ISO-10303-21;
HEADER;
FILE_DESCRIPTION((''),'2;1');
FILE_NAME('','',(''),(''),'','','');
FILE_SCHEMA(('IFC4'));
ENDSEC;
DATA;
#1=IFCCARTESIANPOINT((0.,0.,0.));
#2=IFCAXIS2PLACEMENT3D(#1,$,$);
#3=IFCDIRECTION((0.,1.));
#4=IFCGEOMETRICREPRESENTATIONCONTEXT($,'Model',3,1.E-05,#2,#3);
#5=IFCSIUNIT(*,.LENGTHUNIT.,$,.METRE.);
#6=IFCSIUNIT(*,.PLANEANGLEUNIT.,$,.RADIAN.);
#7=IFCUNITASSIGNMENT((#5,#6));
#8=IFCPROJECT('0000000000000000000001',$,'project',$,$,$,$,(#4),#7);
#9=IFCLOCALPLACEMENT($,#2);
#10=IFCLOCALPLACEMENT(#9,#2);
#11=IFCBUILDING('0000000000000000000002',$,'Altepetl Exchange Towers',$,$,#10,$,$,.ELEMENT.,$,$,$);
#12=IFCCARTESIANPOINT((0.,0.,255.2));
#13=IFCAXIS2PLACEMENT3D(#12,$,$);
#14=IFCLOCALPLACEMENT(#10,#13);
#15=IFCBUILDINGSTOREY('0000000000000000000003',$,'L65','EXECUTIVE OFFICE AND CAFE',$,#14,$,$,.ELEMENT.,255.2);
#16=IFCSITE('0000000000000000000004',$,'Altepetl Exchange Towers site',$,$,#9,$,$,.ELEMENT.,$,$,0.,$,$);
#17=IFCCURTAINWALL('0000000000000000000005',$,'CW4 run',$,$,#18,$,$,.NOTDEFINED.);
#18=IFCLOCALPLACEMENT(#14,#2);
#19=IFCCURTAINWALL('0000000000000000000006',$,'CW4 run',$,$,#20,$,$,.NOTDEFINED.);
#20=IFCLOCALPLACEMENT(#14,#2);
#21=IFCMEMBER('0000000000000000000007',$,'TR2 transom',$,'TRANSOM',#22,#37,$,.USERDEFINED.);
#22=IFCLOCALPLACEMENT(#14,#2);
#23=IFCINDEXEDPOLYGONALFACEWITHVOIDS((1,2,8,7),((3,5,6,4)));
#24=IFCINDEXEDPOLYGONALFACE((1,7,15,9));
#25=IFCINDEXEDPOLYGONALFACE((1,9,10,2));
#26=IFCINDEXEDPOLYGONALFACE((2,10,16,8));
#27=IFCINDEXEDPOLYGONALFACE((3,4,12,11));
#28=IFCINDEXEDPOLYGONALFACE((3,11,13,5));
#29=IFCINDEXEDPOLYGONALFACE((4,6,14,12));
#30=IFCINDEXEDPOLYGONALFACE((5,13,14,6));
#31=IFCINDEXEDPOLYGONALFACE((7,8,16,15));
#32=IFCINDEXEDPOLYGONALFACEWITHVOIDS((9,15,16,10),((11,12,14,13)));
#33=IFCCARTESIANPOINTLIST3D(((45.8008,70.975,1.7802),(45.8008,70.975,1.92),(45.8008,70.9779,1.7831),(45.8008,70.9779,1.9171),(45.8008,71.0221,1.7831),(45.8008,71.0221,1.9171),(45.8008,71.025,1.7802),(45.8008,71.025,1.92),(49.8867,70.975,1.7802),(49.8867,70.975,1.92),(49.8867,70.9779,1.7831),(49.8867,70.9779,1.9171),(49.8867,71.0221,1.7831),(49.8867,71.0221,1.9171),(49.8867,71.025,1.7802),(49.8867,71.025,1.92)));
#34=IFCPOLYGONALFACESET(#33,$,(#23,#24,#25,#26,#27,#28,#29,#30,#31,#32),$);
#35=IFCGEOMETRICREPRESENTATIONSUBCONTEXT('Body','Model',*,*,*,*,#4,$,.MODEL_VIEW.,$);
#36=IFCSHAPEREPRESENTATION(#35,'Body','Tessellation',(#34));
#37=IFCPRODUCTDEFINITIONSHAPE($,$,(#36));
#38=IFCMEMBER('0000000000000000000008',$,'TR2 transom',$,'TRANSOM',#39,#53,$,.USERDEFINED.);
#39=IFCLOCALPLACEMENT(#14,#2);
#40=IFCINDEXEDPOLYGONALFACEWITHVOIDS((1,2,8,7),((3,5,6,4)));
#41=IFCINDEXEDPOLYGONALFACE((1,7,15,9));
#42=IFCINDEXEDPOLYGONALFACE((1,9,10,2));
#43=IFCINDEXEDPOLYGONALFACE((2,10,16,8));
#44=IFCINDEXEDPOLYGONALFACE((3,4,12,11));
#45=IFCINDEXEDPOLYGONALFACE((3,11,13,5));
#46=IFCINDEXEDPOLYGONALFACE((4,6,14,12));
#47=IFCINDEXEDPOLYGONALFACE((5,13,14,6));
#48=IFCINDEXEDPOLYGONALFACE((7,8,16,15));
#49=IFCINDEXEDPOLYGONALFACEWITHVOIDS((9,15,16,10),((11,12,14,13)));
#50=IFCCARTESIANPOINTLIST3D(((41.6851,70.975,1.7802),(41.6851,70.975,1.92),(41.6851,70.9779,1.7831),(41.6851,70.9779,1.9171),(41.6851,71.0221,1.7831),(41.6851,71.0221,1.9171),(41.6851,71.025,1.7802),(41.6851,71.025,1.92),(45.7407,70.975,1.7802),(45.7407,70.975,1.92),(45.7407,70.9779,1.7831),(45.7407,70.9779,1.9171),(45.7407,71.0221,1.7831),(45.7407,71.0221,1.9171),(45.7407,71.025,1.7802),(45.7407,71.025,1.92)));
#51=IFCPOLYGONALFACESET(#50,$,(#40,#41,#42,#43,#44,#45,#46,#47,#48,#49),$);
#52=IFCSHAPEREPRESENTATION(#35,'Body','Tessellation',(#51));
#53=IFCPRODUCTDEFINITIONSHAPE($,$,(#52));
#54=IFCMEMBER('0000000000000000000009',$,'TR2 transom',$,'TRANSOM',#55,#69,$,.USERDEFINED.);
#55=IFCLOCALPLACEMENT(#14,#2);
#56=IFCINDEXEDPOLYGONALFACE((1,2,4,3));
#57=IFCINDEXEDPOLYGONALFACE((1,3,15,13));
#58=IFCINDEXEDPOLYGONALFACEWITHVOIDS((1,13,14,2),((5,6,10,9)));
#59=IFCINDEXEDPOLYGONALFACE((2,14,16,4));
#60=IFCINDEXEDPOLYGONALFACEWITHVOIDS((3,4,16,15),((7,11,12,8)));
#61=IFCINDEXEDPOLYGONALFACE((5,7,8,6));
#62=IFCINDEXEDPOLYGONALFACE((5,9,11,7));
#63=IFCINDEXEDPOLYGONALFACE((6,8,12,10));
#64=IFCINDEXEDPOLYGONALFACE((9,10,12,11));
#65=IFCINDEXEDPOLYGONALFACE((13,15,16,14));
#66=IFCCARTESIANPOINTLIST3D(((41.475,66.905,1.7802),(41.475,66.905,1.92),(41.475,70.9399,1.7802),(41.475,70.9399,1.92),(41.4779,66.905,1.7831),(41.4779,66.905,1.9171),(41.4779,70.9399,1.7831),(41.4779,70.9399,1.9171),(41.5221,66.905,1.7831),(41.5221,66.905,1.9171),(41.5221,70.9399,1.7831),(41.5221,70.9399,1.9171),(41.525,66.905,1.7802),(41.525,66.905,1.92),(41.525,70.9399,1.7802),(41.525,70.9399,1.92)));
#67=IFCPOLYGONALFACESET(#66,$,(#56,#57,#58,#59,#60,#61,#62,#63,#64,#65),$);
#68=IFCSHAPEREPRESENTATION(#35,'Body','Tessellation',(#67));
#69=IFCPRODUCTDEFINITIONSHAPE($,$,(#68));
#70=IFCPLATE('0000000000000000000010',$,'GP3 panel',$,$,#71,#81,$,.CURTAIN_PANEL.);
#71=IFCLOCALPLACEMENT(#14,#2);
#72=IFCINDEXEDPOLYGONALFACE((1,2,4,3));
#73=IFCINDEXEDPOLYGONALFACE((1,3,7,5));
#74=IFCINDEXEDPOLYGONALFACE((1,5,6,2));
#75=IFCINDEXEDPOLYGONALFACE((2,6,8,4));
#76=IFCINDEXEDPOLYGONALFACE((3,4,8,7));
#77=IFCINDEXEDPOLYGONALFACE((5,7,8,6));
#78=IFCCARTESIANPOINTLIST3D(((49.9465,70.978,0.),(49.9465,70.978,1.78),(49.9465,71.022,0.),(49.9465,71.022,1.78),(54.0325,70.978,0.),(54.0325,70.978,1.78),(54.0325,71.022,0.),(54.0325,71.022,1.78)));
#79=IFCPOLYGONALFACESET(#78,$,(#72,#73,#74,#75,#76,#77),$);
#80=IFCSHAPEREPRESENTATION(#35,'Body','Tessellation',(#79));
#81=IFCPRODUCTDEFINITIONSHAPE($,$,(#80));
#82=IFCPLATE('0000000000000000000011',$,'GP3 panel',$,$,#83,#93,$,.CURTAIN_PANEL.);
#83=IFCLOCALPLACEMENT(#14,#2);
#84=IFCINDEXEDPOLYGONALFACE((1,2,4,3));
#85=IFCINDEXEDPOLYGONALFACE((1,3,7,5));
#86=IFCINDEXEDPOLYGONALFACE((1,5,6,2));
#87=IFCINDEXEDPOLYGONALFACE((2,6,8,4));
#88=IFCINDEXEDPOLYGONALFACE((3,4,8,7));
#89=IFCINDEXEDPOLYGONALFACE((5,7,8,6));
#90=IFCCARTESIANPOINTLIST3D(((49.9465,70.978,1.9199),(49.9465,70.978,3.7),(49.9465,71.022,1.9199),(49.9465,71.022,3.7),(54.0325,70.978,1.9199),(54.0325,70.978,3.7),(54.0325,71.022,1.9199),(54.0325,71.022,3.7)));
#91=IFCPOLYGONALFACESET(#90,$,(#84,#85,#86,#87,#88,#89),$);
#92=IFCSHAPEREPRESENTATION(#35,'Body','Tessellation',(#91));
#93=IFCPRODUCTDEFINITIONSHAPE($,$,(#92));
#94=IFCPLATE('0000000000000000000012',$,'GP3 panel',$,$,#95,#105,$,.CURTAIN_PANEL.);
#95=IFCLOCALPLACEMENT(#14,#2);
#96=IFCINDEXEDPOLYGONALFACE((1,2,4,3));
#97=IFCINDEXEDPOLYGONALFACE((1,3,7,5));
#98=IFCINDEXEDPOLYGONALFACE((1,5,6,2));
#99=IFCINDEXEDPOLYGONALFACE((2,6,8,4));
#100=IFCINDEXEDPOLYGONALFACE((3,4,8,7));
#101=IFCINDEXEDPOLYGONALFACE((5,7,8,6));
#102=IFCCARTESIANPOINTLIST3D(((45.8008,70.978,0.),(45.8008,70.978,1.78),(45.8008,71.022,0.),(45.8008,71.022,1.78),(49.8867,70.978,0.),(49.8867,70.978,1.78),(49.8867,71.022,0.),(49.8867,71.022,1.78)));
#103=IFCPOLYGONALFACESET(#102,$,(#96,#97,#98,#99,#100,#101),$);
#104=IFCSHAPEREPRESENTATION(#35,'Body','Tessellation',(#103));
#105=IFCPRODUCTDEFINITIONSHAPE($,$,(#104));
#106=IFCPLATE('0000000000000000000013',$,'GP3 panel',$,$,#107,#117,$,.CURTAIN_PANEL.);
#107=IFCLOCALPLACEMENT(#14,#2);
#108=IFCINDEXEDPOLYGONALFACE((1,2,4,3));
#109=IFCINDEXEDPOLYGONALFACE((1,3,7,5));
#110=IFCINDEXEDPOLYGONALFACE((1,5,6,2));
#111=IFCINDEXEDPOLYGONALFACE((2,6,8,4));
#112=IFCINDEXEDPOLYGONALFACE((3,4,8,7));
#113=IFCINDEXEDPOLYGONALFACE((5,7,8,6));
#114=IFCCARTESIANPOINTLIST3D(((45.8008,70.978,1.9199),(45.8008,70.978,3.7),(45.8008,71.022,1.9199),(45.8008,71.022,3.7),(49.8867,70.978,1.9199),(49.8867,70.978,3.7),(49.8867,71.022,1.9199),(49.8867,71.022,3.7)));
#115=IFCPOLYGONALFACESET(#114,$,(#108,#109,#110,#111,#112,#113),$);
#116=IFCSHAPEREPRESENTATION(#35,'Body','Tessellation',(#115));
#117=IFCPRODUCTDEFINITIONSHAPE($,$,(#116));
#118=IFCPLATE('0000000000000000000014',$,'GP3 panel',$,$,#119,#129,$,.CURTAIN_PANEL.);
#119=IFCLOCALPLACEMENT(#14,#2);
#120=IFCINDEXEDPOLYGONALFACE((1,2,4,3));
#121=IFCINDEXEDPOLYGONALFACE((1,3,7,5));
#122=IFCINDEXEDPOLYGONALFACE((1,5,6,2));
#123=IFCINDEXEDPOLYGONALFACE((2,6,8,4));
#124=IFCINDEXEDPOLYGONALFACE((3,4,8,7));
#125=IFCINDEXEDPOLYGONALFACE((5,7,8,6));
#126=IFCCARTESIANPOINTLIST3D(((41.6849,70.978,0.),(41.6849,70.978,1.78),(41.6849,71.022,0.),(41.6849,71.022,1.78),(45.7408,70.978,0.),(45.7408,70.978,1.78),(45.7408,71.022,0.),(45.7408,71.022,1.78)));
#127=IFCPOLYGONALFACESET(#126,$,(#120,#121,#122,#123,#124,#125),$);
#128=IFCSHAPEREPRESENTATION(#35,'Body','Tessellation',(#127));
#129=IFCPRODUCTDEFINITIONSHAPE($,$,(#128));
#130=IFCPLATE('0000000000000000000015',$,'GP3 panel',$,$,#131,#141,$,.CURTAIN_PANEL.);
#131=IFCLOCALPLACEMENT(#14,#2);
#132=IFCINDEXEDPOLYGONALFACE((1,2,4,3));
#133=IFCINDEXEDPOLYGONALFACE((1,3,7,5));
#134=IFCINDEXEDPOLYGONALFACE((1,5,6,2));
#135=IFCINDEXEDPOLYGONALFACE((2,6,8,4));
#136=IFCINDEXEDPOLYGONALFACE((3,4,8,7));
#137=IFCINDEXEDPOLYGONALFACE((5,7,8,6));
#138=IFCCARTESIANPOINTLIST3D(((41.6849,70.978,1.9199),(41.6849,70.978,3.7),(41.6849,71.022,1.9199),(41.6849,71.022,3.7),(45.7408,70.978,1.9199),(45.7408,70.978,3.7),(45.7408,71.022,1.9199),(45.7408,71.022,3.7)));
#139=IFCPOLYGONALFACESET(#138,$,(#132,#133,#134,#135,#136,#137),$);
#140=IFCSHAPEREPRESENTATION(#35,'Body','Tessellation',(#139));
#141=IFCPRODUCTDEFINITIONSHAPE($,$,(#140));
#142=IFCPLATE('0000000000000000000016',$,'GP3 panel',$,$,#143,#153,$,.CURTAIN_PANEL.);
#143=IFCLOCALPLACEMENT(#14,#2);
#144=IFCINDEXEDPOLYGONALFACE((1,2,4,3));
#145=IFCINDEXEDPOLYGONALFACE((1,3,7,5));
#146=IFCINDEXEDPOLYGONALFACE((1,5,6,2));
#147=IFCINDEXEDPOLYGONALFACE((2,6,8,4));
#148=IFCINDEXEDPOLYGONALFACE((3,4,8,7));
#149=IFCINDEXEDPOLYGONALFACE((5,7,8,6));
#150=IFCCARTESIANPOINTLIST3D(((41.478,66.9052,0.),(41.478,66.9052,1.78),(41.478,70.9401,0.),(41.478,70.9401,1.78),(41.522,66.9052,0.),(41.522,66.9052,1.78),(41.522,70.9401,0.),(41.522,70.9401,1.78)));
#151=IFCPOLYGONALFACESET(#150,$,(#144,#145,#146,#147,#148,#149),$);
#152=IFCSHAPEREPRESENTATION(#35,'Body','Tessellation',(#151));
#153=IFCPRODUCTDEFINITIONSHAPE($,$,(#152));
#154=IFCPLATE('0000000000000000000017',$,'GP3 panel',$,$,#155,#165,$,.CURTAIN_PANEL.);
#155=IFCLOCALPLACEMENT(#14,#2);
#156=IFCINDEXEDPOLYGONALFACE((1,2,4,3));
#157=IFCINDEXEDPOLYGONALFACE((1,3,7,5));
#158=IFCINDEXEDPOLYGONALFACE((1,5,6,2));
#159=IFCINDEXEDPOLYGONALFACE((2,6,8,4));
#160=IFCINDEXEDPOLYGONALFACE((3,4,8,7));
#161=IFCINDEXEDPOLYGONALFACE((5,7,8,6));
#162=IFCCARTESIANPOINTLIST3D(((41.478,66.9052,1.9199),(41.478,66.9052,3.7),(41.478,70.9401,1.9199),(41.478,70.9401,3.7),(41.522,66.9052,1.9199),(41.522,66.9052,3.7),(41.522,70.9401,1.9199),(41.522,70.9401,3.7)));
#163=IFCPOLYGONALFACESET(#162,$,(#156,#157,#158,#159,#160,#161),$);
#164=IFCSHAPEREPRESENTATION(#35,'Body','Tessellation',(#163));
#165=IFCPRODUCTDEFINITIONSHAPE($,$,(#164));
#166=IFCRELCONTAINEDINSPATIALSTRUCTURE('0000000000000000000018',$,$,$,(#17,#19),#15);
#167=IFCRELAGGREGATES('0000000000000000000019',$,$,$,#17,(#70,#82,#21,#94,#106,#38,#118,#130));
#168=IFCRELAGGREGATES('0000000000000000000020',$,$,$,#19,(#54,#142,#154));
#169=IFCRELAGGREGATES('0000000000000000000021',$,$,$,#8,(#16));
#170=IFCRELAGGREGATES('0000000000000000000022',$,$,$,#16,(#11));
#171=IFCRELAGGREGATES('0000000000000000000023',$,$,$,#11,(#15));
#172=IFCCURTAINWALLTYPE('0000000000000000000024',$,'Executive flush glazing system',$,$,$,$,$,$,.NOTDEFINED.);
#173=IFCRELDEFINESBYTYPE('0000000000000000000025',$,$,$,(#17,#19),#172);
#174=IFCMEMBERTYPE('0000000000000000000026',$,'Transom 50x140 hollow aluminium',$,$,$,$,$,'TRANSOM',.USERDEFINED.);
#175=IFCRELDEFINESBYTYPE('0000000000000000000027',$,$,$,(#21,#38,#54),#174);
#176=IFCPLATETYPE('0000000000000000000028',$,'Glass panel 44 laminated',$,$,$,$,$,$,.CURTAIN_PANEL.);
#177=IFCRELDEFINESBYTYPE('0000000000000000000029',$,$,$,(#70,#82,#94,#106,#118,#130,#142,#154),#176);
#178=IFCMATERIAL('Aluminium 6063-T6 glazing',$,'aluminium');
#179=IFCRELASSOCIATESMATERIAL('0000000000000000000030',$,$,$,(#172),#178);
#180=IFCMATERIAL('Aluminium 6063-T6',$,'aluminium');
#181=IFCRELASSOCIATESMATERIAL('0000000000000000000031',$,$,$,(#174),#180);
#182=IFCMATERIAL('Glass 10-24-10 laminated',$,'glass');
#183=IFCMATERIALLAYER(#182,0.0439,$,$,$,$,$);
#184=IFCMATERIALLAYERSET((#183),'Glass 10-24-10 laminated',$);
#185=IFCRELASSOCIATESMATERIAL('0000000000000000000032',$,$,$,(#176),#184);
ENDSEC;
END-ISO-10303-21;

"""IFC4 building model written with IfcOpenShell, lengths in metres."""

from ifc_helpers import new_model, si_unit, direction, frame, origin, origin_2d, place, context, subcontext, project, spatial, rectangle, hollow_rectangle, extrude, material, layer, layer_set, material_profile, profile_set, type_object, element, aggregate, save


model = new_model("IFC4")

# Units and contexts
model_context = context("Model", 3, precision=1e-05, world=origin(), true_north=direction((0.0, 1.0)))
body_context = subcontext(model_context, "Body", "Model", "MODEL_VIEW")
ifc_project = project(units=[si_unit("LENGTHUNIT", "METRE"), si_unit("PLANEANGLEUNIT", "RADIAN")], contexts=[model_context])

# Site, building, storey
site_placement = place(None, origin())
site = spatial("IfcSite", under=ifc_project, at=site_placement, Name="Altepetl Exchange Towers site", CompositionType="ELEMENT", RefElevation=0.0)
building_placement = place(site_placement, origin())
building = spatial("IfcBuilding", under=site, at=building_placement, Name="Altepetl Exchange Towers", CompositionType="ELEMENT")
storey_placement = place(building_placement, frame((0.0, 0.0, 255.2)))
storey = spatial("IfcBuildingStorey", under=building, at=storey_placement, Name="L65", Description="EXECUTIVE OFFICE AND CAFE", CompositionType="ELEMENT", Elevation=255.2)

# Curtain wall
ifc_material_1 = material(Name="Aluminium 6063-T6 glazing", Category="aluminium")
curtain_wall_type = type_object("IfcCurtainWallType", Name="Executive flush glazing system", PredefinedType="NOTDEFINED", material=ifc_material_1)
curtain_wall_1_placement = place(storey_placement, origin())
curtain_wall_1 = element("IfcCurtainWall", 1, at=curtain_wall_1_placement, inside=storey, type_object=curtain_wall_type, Name="CW4 run", PredefinedType="NOTDEFINED")
ifc_material_2 = material(Name="Aluminium 6063-T6", Category="aluminium")

# Curtain wall
curtain_wall_2_placement = place(storey_placement, origin())
curtain_wall_2 = element("IfcCurtainWall", 2, at=curtain_wall_2_placement, inside=storey, type_object=curtain_wall_type, Name="CW4 run", PredefinedType="NOTDEFINED")

# Members
ifc_material_profile_1 = material_profile(ifc_material_2, hollow_rectangle(XDim=0.05, YDim=0.1399, WallThickness=0.0029, at=origin_2d()), Name="Transom 50x140 hollow aluminium")
ifc_profile_set_1 = profile_set([ifc_material_profile_1], Name="Aluminium 6063-T6")
member_type_1 = type_object("IfcMemberType", Name="Transom 50x140 hollow aluminium", ElementType="TRANSOM", PredefinedType="USERDEFINED", material=ifc_profile_set_1)
member_1_placement = place(storey_placement, frame((49.8867, 71.0, 1.8501), z_axis=(-1.0, 0.0, 0.0), x_axis=(0.0, -1.0, 0.0)))
member_1 = element("IfcMember", 3, at=member_1_placement, type_object=member_type_1, Name="TR2 transom", ObjectType="TRANSOM", PredefinedType="USERDEFINED", context=body_context, shape_type="SweptSolid", body=[
    extrude(hollow_rectangle(XDim=0.05, YDim=0.1399, WallThickness=0.0029, at=origin_2d()), origin(), (0.0, 0.0, 1.0), 4.0859),
])
member_2_placement = place(storey_placement, frame((45.7407, 71.0, 1.8501), z_axis=(-1.0, 0.0, 0.0), x_axis=(0.0, -1.0, 0.0)))
member_2 = element("IfcMember", 4, at=member_2_placement, type_object=member_type_1, Name="TR2 transom", ObjectType="TRANSOM", PredefinedType="USERDEFINED", context=body_context, shape_type="SweptSolid", body=[
    extrude(hollow_rectangle(XDim=0.05, YDim=0.1399, WallThickness=0.0029, at=origin_2d()), origin(), (0.0, 0.0, 1.0), 4.0557),
])
member_3_placement = place(storey_placement, frame((41.5, 70.9399, 1.8501), z_axis=(0.0, -1.0, 0.0), x_axis=(1.0, 0.0, 0.0)))
member_3 = element("IfcMember", 5, at=member_3_placement, type_object=member_type_1, Name="TR2 transom", ObjectType="TRANSOM", PredefinedType="USERDEFINED", context=body_context, shape_type="SweptSolid", body=[
    extrude(hollow_rectangle(XDim=0.05, YDim=0.1399, WallThickness=0.0029, at=origin_2d()), origin(), (0.0, 0.0, 1.0), 4.0349),
])

# Plates
ifc_material_3 = material(Name="Glass 10-24-10 laminated", Category="glass")
ifc_layer = layer(ifc_material_3, 0.0439)
ifc_layer_set = layer_set([ifc_layer], Name="Glass 10-24-10 laminated")
plate_type = type_object("IfcPlateType", Name="Glass panel 44 laminated", PredefinedType="CURTAIN_PANEL", material=ifc_layer_set)
plate_1_placement = place(storey_placement, frame((51.9895, 71.0, 0.0), z_axis=(0.0, 0.0, 1.0), x_axis=(-1.0, 0.0, 0.0)))
plate_1 = element("IfcPlate", 6, at=plate_1_placement, type_object=plate_type, Name="GP3 panel", PredefinedType="CURTAIN_PANEL", context=body_context, shape_type="SweptSolid", body=[
    extrude(rectangle(XDim=4.0859, YDim=0.0439, at=origin_2d()), origin(), (0.0, 0.0, 1.0), 1.78),
])
plate_2_placement = place(storey_placement, frame((51.9895, 71.0, 1.9199), z_axis=(0.0, 0.0, 1.0), x_axis=(-1.0, 0.0, 0.0)))
plate_2 = element("IfcPlate", 7, at=plate_2_placement, type_object=plate_type, Name="GP3 panel", PredefinedType="CURTAIN_PANEL", context=body_context, shape_type="SweptSolid", body=[
    extrude(rectangle(XDim=4.0859, YDim=0.0439, at=origin_2d()), origin(), (0.0, 0.0, 1.0), 1.78),
])
plate_3_placement = place(storey_placement, frame((47.8438, 71.0, 0.0), z_axis=(0.0, 0.0, 1.0), x_axis=(-1.0, 0.0, 0.0)))
plate_3 = element("IfcPlate", 8, at=plate_3_placement, type_object=plate_type, Name="GP3 panel", PredefinedType="CURTAIN_PANEL", context=body_context, shape_type="SweptSolid", body=[
    extrude(rectangle(XDim=4.0859, YDim=0.0439, at=origin_2d()), origin(), (0.0, 0.0, 1.0), 1.78),
])
plate_4_placement = place(storey_placement, frame((47.8438, 71.0, 1.9199), z_axis=(0.0, 0.0, 1.0), x_axis=(-1.0, 0.0, 0.0)))
plate_4 = element("IfcPlate", 9, at=plate_4_placement, type_object=plate_type, Name="GP3 panel", PredefinedType="CURTAIN_PANEL", context=body_context, shape_type="SweptSolid", body=[
    extrude(rectangle(XDim=4.0859, YDim=0.0439, at=origin_2d()), origin(), (0.0, 0.0, 1.0), 1.78),
])
plate_5_placement = place(storey_placement, frame((43.7129, 71.0, 0.0), z_axis=(0.0, 0.0, 1.0), x_axis=(-1.0, 0.0, 0.0)))
plate_5 = element("IfcPlate", 10, at=plate_5_placement, type_object=plate_type, Name="GP3 panel", PredefinedType="CURTAIN_PANEL", context=body_context, shape_type="SweptSolid", body=[
    extrude(rectangle(XDim=4.0559, YDim=0.0439, at=origin_2d()), origin(), (0.0, 0.0, 1.0), 1.78),
])
plate_6_placement = place(storey_placement, frame((43.7129, 71.0, 1.9199), z_axis=(0.0, 0.0, 1.0), x_axis=(-1.0, 0.0, 0.0)))
plate_6 = element("IfcPlate", 11, at=plate_6_placement, type_object=plate_type, Name="GP3 panel", PredefinedType="CURTAIN_PANEL", context=body_context, shape_type="SweptSolid", body=[
    extrude(rectangle(XDim=4.0559, YDim=0.0439, at=origin_2d()), origin(), (0.0, 0.0, 1.0), 1.78),
])
aggregate(curtain_wall_1, [plate_1, plate_2, member_1, plate_3, plate_4, member_2, plate_5, plate_6])
plate_7_placement = place(storey_placement, frame((41.5, 68.9226, 0.0), z_axis=(0.0, 0.0, 1.0), x_axis=(0.0, -1.0, 0.0)))
plate_7 = element("IfcPlate", 12, at=plate_7_placement, type_object=plate_type, Name="GP3 panel", PredefinedType="CURTAIN_PANEL", context=body_context, shape_type="SweptSolid", body=[
    extrude(rectangle(XDim=4.0349, YDim=0.0439, at=origin_2d()), origin(), (0.0, 0.0, 1.0), 1.78),
])
plate_8_placement = place(storey_placement, frame((41.5, 68.9226, 1.9199), z_axis=(0.0, 0.0, 1.0), x_axis=(0.0, -1.0, 0.0)))
plate_8 = element("IfcPlate", 13, at=plate_8_placement, type_object=plate_type, Name="GP3 panel", PredefinedType="CURTAIN_PANEL", context=body_context, shape_type="SweptSolid", body=[
    extrude(rectangle(XDim=4.0349, YDim=0.0439, at=origin_2d()), origin(), (0.0, 0.0, 1.0), 1.78),
])
aggregate(curtain_wall_2, [member_3, plate_7, plate_8])

save(model, "model.ifc")
